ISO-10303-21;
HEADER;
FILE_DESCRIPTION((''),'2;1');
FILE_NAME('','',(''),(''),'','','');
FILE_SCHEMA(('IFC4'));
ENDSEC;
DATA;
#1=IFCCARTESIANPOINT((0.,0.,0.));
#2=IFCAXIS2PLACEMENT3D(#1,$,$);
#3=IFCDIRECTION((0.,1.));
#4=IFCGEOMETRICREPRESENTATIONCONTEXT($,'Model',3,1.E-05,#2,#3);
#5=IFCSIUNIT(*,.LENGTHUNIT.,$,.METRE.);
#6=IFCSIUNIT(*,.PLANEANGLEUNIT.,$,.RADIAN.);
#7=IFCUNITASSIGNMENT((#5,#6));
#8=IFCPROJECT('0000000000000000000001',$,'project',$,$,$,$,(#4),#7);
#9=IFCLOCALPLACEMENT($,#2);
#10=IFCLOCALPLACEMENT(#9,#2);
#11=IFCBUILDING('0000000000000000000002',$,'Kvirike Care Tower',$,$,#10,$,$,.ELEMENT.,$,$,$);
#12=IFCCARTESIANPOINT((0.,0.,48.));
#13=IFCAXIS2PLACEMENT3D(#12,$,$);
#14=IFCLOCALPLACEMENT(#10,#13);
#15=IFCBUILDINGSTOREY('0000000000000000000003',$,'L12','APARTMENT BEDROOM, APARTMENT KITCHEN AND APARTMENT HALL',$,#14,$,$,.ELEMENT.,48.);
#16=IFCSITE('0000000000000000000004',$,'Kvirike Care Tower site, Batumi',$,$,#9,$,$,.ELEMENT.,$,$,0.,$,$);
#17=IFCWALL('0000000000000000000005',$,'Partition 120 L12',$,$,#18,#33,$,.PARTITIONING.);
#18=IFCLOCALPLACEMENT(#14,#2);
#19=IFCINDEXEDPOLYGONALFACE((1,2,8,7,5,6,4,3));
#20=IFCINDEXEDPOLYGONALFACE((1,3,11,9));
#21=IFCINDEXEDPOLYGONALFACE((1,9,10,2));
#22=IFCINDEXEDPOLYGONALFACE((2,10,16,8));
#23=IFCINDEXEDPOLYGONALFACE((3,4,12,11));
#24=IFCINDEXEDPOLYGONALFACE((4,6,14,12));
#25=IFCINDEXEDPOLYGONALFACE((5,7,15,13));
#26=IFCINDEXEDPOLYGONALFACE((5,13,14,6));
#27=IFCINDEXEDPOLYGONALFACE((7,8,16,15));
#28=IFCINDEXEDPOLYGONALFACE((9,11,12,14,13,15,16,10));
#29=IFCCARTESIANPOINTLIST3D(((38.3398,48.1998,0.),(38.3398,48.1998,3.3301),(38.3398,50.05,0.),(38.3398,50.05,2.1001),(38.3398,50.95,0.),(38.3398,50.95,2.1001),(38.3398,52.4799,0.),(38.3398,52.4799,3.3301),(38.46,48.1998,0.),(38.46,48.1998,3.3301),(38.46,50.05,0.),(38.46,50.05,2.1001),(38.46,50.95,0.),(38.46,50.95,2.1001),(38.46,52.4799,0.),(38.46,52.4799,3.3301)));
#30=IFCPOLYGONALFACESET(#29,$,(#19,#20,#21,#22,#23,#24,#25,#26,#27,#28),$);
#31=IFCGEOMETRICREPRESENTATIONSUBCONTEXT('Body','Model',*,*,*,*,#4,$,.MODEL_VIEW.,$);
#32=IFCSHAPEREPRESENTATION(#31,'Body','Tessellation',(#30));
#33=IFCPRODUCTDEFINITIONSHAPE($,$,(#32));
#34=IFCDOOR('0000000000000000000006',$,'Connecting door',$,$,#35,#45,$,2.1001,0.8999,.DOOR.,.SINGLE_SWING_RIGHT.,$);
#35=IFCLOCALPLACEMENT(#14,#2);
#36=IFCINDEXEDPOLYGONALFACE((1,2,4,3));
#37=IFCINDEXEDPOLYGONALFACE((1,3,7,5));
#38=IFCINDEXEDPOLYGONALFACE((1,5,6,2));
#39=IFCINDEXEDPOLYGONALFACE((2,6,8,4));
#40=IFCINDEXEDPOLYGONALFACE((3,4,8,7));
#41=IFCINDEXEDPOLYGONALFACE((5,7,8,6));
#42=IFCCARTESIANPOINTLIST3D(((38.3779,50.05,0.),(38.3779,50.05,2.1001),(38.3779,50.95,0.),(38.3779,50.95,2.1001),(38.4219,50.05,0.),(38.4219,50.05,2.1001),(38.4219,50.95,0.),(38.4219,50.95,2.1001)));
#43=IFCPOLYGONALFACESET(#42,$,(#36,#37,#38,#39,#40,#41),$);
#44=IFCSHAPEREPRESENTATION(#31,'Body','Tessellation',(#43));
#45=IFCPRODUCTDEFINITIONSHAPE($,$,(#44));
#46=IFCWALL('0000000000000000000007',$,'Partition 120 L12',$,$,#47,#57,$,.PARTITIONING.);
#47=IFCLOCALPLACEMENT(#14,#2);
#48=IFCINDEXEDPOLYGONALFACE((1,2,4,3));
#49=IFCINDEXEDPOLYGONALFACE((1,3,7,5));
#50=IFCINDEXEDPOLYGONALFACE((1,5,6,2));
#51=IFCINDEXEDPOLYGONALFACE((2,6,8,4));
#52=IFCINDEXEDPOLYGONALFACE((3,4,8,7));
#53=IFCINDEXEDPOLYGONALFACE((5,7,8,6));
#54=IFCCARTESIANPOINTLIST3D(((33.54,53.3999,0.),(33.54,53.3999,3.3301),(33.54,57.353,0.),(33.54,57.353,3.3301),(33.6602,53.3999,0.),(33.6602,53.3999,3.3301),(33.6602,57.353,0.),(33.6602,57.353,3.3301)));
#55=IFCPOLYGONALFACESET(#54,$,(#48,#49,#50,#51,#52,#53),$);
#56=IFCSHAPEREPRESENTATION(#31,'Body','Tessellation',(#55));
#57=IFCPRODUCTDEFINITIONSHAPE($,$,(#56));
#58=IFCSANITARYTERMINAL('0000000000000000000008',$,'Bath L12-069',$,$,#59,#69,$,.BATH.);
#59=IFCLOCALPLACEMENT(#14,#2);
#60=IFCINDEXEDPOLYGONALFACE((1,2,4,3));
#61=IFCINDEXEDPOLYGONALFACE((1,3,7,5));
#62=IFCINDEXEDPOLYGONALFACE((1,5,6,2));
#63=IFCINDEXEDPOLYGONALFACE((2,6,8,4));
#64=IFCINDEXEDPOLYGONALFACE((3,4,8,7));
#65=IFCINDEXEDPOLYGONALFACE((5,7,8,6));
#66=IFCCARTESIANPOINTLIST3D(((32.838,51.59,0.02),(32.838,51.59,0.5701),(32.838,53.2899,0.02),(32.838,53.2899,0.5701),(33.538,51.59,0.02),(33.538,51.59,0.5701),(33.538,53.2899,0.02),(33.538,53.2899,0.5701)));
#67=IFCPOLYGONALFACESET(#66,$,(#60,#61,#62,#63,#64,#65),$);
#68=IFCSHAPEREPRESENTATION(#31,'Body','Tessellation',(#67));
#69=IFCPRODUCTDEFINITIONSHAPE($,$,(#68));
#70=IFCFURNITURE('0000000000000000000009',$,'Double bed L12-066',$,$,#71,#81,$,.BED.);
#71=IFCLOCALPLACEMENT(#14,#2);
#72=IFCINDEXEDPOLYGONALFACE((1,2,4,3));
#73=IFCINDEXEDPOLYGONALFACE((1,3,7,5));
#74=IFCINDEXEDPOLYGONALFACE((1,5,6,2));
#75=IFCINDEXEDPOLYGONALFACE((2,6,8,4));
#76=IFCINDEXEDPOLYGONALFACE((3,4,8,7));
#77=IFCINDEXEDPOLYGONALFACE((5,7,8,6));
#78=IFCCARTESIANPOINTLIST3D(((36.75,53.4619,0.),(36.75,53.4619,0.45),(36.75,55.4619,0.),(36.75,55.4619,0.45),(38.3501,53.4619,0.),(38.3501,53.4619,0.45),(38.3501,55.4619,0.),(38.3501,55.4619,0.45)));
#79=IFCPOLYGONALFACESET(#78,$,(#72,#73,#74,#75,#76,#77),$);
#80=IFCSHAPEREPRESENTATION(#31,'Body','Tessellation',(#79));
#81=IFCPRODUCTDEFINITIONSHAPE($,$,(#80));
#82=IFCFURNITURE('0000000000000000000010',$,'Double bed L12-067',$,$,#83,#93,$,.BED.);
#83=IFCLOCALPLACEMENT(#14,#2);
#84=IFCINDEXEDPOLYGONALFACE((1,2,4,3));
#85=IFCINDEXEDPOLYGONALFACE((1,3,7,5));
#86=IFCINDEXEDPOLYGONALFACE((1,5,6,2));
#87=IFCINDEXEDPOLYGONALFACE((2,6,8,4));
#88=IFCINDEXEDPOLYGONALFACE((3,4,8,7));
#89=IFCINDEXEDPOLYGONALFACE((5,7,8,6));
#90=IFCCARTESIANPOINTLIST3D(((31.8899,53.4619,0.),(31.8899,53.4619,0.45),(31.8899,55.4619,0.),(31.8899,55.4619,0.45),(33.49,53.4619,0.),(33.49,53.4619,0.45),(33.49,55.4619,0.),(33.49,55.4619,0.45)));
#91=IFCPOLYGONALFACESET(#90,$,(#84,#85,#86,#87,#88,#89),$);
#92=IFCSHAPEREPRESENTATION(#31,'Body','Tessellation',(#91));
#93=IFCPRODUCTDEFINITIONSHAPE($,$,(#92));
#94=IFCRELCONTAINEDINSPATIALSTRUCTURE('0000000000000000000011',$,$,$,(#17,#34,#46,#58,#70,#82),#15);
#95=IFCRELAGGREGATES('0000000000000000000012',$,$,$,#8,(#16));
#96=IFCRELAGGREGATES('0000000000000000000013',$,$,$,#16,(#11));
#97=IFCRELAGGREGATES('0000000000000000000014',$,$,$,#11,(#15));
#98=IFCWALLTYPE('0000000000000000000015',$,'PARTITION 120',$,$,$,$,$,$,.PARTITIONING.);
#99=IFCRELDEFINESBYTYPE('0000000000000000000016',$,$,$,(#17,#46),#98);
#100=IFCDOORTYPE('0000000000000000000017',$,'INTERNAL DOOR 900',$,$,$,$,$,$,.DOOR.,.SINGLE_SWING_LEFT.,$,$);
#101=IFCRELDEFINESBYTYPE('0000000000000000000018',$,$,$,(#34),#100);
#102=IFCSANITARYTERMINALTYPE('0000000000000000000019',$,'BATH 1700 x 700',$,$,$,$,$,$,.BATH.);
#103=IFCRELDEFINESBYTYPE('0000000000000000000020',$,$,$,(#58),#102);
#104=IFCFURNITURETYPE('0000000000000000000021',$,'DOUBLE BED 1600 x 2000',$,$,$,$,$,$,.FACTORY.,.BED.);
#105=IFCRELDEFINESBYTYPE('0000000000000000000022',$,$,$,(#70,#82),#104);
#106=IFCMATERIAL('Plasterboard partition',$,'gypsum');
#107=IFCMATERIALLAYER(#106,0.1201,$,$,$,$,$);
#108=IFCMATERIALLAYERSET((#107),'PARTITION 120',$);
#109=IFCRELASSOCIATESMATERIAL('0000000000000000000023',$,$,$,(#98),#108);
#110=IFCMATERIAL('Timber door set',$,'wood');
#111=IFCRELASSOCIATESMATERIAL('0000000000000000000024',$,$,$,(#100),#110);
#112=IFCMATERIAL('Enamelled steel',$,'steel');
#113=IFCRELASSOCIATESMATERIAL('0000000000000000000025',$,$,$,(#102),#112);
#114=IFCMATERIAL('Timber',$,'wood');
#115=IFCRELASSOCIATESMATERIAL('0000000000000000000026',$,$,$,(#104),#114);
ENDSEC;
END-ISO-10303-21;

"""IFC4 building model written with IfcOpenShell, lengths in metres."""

from ifc_helpers import new_model, si_unit, direction, frame, frame_2d, origin, origin_2d, place, context, subcontext, project, spatial, rectangle, extrude, material, layer, layer_set, type_object, element, fill, save


model = new_model("IFC4")

# Units and contexts
model_context = context("Model", 3, precision=1e-05, world=origin(), true_north=direction((0.0, 1.0)))
body_context = subcontext(model_context, "Body", "Model", "MODEL_VIEW")
ifc_project = project(units=[si_unit("LENGTHUNIT", "METRE"), si_unit("PLANEANGLEUNIT", "RADIAN")], contexts=[model_context])

# Site, building, storey
site_placement = place(None, origin())
site = spatial("IfcSite", under=ifc_project, at=site_placement, Name="Kvirike Care Tower site, Batumi", CompositionType="ELEMENT", RefElevation=0.0)
building_placement = place(site_placement, origin())
building = spatial("IfcBuilding", under=site, at=building_placement, Name="Kvirike Care Tower", CompositionType="ELEMENT")
storey_placement = place(building_placement, frame((0.0, 0.0, 48.0)))
storey = spatial("IfcBuildingStorey", under=building, at=storey_placement, Name="L12", Description="APARTMENT BEDROOM, APARTMENT KITCHEN AND APARTMENT HALL", CompositionType="ELEMENT", Elevation=48.0)

# Wall, opening, door
ifc_material_1 = material(Name="Plasterboard partition", Category="gypsum")
ifc_layer_1 = layer(ifc_material_1, 0.1201)
ifc_layer_set_1 = layer_set([ifc_layer_1], Name="PARTITION 120")
wall_type_1 = type_object("IfcWallType", Name="PARTITION 120", PredefinedType="PARTITIONING", material=ifc_layer_set_1)
ifc_material_2 = material(Name="Timber door set", Category="wood")
door_type = type_object("IfcDoorType", Name="INTERNAL DOOR 900", OperationType="SINGLE_SWING_LEFT", PredefinedType="DOOR", material=ifc_material_2)
wall_1_placement = place(storey_placement, frame((38.3999, 52.48, 0.0), z_axis=(0.0, 0.0, 1.0), x_axis=(0.0, -1.0, 0.0)))
wall_1 = element("IfcWall", 1, at=wall_1_placement, inside=storey, type_object=wall_type_1, Name="Partition 120 L12", PredefinedType="PARTITIONING", context=body_context, shape_type="SweptSolid", body=[
    extrude(rectangle(XDim=4.28, YDim=0.1201, at=frame_2d((2.1401, 0.0))), origin(), (0.0, 0.0, 1.0), 3.3301),
])
opening_1_placement = place(wall_1_placement, frame((1.53, 0.0, 0.0)))
opening_1 = element("IfcOpeningElement", 2, at=opening_1_placement, cuts=wall_1, PredefinedType="OPENING", context=body_context, shape_type="SweptSolid", body=[
    extrude(rectangle(XDim=0.8999, YDim=2.1001, at=frame_2d((0.45, 1.05))), frame((0.0, 0.0706, 0.0), z_axis=(0.0, -1.0, 0.0), x_axis=(1.0, 0.0, 0.0)), (0.0, 0.0, 1.0), 0.1411),
])
door_1_placement = place(opening_1_placement, origin())
door_1 = element("IfcDoor", 3, at=door_1_placement, inside=storey, type_object=door_type, Name="Connecting door", OperationType="SINGLE_SWING_RIGHT", OverallHeight=2.1001, OverallWidth=0.8999, PredefinedType="DOOR", context=body_context, shape_type="SweptSolid", body=[
    extrude(rectangle(XDim=0.8999, YDim=2.1001, at=frame_2d((0.45, 1.05))), frame((0.0, 0.022, 0.0), z_axis=(0.0, -1.0, 0.0), x_axis=(1.0, 0.0, 0.0)), (0.0, 0.0, 1.0), 0.0439),
])
fill(opening_1, door_1)

# Wall
wall_2_placement = place(storey_placement, frame((33.6001, 57.353, 0.0), z_axis=(0.0, 0.0, 1.0), x_axis=(0.0, -1.0, 0.0)))
element("IfcWall", 4, at=wall_2_placement, inside=storey, type_object=wall_type_1, Name="Partition 120 L12", PredefinedType="PARTITIONING", context=body_context, shape_type="SweptSolid", body=[
    extrude(rectangle(XDim=3.9531, YDim=0.1201, at=frame_2d((1.9766, 0.0))), origin(), (0.0, 0.0, 1.0), 3.3301),
])

# Sanitary terminal
ifc_material_3 = material(Name="Enamelled steel", Category="steel")
sanitary_terminal_type = type_object("IfcSanitaryTerminalType", Name="BATH 1700 x 700", PredefinedType="BATH", material=ifc_material_3)
sanitary_terminal_placement = place(storey_placement, frame((33.188, 52.4399, 0.02), z_axis=(0.0, 0.0, 1.0), x_axis=(0.0, -1.0, 0.0)))
element("IfcSanitaryTerminal", 5, at=sanitary_terminal_placement, inside=storey, type_object=sanitary_terminal_type, Name="Bath L12-069", PredefinedType="BATH", context=body_context, shape_type="SweptSolid", body=[
    extrude(rectangle(XDim=1.7, YDim=0.7, at=origin_2d()), origin(), (0.0, 0.0, 1.0), 0.55),
])

# Furniture
ifc_material_4 = material(Name="Timber", Category="wood")
furniture_type = type_object("IfcFurnitureType", Name="DOUBLE BED 1600 x 2000", AssemblyPlace="FACTORY", PredefinedType="BED", material=ifc_material_4)
for number, where, z_axis, x_axis, name in (
    (6, (37.55, 54.4619, 0.0), (0.0, 0.0, 1.0), (-1.0, 0.0, 0.0), "Double bed L12-066"),
    (7, (32.6899, 54.4619, 0.0), (0.0, 0.0, 1.0), (-1.0, 0.0, 0.0), "Double bed L12-067"),
):
    element("IfcFurniture", number, at=place(storey_placement, frame(where, z_axis=z_axis, x_axis=x_axis)), inside=storey, type_object=furniture_type, Name=name, PredefinedType="BED", context=body_context, shape_type="SweptSolid", body=[
        extrude(rectangle(XDim=1.6001, YDim=2.0, at=origin_2d()), origin(), (0.0, 0.0, 1.0), 0.45),
    ])

save(model, "model.ifc")
